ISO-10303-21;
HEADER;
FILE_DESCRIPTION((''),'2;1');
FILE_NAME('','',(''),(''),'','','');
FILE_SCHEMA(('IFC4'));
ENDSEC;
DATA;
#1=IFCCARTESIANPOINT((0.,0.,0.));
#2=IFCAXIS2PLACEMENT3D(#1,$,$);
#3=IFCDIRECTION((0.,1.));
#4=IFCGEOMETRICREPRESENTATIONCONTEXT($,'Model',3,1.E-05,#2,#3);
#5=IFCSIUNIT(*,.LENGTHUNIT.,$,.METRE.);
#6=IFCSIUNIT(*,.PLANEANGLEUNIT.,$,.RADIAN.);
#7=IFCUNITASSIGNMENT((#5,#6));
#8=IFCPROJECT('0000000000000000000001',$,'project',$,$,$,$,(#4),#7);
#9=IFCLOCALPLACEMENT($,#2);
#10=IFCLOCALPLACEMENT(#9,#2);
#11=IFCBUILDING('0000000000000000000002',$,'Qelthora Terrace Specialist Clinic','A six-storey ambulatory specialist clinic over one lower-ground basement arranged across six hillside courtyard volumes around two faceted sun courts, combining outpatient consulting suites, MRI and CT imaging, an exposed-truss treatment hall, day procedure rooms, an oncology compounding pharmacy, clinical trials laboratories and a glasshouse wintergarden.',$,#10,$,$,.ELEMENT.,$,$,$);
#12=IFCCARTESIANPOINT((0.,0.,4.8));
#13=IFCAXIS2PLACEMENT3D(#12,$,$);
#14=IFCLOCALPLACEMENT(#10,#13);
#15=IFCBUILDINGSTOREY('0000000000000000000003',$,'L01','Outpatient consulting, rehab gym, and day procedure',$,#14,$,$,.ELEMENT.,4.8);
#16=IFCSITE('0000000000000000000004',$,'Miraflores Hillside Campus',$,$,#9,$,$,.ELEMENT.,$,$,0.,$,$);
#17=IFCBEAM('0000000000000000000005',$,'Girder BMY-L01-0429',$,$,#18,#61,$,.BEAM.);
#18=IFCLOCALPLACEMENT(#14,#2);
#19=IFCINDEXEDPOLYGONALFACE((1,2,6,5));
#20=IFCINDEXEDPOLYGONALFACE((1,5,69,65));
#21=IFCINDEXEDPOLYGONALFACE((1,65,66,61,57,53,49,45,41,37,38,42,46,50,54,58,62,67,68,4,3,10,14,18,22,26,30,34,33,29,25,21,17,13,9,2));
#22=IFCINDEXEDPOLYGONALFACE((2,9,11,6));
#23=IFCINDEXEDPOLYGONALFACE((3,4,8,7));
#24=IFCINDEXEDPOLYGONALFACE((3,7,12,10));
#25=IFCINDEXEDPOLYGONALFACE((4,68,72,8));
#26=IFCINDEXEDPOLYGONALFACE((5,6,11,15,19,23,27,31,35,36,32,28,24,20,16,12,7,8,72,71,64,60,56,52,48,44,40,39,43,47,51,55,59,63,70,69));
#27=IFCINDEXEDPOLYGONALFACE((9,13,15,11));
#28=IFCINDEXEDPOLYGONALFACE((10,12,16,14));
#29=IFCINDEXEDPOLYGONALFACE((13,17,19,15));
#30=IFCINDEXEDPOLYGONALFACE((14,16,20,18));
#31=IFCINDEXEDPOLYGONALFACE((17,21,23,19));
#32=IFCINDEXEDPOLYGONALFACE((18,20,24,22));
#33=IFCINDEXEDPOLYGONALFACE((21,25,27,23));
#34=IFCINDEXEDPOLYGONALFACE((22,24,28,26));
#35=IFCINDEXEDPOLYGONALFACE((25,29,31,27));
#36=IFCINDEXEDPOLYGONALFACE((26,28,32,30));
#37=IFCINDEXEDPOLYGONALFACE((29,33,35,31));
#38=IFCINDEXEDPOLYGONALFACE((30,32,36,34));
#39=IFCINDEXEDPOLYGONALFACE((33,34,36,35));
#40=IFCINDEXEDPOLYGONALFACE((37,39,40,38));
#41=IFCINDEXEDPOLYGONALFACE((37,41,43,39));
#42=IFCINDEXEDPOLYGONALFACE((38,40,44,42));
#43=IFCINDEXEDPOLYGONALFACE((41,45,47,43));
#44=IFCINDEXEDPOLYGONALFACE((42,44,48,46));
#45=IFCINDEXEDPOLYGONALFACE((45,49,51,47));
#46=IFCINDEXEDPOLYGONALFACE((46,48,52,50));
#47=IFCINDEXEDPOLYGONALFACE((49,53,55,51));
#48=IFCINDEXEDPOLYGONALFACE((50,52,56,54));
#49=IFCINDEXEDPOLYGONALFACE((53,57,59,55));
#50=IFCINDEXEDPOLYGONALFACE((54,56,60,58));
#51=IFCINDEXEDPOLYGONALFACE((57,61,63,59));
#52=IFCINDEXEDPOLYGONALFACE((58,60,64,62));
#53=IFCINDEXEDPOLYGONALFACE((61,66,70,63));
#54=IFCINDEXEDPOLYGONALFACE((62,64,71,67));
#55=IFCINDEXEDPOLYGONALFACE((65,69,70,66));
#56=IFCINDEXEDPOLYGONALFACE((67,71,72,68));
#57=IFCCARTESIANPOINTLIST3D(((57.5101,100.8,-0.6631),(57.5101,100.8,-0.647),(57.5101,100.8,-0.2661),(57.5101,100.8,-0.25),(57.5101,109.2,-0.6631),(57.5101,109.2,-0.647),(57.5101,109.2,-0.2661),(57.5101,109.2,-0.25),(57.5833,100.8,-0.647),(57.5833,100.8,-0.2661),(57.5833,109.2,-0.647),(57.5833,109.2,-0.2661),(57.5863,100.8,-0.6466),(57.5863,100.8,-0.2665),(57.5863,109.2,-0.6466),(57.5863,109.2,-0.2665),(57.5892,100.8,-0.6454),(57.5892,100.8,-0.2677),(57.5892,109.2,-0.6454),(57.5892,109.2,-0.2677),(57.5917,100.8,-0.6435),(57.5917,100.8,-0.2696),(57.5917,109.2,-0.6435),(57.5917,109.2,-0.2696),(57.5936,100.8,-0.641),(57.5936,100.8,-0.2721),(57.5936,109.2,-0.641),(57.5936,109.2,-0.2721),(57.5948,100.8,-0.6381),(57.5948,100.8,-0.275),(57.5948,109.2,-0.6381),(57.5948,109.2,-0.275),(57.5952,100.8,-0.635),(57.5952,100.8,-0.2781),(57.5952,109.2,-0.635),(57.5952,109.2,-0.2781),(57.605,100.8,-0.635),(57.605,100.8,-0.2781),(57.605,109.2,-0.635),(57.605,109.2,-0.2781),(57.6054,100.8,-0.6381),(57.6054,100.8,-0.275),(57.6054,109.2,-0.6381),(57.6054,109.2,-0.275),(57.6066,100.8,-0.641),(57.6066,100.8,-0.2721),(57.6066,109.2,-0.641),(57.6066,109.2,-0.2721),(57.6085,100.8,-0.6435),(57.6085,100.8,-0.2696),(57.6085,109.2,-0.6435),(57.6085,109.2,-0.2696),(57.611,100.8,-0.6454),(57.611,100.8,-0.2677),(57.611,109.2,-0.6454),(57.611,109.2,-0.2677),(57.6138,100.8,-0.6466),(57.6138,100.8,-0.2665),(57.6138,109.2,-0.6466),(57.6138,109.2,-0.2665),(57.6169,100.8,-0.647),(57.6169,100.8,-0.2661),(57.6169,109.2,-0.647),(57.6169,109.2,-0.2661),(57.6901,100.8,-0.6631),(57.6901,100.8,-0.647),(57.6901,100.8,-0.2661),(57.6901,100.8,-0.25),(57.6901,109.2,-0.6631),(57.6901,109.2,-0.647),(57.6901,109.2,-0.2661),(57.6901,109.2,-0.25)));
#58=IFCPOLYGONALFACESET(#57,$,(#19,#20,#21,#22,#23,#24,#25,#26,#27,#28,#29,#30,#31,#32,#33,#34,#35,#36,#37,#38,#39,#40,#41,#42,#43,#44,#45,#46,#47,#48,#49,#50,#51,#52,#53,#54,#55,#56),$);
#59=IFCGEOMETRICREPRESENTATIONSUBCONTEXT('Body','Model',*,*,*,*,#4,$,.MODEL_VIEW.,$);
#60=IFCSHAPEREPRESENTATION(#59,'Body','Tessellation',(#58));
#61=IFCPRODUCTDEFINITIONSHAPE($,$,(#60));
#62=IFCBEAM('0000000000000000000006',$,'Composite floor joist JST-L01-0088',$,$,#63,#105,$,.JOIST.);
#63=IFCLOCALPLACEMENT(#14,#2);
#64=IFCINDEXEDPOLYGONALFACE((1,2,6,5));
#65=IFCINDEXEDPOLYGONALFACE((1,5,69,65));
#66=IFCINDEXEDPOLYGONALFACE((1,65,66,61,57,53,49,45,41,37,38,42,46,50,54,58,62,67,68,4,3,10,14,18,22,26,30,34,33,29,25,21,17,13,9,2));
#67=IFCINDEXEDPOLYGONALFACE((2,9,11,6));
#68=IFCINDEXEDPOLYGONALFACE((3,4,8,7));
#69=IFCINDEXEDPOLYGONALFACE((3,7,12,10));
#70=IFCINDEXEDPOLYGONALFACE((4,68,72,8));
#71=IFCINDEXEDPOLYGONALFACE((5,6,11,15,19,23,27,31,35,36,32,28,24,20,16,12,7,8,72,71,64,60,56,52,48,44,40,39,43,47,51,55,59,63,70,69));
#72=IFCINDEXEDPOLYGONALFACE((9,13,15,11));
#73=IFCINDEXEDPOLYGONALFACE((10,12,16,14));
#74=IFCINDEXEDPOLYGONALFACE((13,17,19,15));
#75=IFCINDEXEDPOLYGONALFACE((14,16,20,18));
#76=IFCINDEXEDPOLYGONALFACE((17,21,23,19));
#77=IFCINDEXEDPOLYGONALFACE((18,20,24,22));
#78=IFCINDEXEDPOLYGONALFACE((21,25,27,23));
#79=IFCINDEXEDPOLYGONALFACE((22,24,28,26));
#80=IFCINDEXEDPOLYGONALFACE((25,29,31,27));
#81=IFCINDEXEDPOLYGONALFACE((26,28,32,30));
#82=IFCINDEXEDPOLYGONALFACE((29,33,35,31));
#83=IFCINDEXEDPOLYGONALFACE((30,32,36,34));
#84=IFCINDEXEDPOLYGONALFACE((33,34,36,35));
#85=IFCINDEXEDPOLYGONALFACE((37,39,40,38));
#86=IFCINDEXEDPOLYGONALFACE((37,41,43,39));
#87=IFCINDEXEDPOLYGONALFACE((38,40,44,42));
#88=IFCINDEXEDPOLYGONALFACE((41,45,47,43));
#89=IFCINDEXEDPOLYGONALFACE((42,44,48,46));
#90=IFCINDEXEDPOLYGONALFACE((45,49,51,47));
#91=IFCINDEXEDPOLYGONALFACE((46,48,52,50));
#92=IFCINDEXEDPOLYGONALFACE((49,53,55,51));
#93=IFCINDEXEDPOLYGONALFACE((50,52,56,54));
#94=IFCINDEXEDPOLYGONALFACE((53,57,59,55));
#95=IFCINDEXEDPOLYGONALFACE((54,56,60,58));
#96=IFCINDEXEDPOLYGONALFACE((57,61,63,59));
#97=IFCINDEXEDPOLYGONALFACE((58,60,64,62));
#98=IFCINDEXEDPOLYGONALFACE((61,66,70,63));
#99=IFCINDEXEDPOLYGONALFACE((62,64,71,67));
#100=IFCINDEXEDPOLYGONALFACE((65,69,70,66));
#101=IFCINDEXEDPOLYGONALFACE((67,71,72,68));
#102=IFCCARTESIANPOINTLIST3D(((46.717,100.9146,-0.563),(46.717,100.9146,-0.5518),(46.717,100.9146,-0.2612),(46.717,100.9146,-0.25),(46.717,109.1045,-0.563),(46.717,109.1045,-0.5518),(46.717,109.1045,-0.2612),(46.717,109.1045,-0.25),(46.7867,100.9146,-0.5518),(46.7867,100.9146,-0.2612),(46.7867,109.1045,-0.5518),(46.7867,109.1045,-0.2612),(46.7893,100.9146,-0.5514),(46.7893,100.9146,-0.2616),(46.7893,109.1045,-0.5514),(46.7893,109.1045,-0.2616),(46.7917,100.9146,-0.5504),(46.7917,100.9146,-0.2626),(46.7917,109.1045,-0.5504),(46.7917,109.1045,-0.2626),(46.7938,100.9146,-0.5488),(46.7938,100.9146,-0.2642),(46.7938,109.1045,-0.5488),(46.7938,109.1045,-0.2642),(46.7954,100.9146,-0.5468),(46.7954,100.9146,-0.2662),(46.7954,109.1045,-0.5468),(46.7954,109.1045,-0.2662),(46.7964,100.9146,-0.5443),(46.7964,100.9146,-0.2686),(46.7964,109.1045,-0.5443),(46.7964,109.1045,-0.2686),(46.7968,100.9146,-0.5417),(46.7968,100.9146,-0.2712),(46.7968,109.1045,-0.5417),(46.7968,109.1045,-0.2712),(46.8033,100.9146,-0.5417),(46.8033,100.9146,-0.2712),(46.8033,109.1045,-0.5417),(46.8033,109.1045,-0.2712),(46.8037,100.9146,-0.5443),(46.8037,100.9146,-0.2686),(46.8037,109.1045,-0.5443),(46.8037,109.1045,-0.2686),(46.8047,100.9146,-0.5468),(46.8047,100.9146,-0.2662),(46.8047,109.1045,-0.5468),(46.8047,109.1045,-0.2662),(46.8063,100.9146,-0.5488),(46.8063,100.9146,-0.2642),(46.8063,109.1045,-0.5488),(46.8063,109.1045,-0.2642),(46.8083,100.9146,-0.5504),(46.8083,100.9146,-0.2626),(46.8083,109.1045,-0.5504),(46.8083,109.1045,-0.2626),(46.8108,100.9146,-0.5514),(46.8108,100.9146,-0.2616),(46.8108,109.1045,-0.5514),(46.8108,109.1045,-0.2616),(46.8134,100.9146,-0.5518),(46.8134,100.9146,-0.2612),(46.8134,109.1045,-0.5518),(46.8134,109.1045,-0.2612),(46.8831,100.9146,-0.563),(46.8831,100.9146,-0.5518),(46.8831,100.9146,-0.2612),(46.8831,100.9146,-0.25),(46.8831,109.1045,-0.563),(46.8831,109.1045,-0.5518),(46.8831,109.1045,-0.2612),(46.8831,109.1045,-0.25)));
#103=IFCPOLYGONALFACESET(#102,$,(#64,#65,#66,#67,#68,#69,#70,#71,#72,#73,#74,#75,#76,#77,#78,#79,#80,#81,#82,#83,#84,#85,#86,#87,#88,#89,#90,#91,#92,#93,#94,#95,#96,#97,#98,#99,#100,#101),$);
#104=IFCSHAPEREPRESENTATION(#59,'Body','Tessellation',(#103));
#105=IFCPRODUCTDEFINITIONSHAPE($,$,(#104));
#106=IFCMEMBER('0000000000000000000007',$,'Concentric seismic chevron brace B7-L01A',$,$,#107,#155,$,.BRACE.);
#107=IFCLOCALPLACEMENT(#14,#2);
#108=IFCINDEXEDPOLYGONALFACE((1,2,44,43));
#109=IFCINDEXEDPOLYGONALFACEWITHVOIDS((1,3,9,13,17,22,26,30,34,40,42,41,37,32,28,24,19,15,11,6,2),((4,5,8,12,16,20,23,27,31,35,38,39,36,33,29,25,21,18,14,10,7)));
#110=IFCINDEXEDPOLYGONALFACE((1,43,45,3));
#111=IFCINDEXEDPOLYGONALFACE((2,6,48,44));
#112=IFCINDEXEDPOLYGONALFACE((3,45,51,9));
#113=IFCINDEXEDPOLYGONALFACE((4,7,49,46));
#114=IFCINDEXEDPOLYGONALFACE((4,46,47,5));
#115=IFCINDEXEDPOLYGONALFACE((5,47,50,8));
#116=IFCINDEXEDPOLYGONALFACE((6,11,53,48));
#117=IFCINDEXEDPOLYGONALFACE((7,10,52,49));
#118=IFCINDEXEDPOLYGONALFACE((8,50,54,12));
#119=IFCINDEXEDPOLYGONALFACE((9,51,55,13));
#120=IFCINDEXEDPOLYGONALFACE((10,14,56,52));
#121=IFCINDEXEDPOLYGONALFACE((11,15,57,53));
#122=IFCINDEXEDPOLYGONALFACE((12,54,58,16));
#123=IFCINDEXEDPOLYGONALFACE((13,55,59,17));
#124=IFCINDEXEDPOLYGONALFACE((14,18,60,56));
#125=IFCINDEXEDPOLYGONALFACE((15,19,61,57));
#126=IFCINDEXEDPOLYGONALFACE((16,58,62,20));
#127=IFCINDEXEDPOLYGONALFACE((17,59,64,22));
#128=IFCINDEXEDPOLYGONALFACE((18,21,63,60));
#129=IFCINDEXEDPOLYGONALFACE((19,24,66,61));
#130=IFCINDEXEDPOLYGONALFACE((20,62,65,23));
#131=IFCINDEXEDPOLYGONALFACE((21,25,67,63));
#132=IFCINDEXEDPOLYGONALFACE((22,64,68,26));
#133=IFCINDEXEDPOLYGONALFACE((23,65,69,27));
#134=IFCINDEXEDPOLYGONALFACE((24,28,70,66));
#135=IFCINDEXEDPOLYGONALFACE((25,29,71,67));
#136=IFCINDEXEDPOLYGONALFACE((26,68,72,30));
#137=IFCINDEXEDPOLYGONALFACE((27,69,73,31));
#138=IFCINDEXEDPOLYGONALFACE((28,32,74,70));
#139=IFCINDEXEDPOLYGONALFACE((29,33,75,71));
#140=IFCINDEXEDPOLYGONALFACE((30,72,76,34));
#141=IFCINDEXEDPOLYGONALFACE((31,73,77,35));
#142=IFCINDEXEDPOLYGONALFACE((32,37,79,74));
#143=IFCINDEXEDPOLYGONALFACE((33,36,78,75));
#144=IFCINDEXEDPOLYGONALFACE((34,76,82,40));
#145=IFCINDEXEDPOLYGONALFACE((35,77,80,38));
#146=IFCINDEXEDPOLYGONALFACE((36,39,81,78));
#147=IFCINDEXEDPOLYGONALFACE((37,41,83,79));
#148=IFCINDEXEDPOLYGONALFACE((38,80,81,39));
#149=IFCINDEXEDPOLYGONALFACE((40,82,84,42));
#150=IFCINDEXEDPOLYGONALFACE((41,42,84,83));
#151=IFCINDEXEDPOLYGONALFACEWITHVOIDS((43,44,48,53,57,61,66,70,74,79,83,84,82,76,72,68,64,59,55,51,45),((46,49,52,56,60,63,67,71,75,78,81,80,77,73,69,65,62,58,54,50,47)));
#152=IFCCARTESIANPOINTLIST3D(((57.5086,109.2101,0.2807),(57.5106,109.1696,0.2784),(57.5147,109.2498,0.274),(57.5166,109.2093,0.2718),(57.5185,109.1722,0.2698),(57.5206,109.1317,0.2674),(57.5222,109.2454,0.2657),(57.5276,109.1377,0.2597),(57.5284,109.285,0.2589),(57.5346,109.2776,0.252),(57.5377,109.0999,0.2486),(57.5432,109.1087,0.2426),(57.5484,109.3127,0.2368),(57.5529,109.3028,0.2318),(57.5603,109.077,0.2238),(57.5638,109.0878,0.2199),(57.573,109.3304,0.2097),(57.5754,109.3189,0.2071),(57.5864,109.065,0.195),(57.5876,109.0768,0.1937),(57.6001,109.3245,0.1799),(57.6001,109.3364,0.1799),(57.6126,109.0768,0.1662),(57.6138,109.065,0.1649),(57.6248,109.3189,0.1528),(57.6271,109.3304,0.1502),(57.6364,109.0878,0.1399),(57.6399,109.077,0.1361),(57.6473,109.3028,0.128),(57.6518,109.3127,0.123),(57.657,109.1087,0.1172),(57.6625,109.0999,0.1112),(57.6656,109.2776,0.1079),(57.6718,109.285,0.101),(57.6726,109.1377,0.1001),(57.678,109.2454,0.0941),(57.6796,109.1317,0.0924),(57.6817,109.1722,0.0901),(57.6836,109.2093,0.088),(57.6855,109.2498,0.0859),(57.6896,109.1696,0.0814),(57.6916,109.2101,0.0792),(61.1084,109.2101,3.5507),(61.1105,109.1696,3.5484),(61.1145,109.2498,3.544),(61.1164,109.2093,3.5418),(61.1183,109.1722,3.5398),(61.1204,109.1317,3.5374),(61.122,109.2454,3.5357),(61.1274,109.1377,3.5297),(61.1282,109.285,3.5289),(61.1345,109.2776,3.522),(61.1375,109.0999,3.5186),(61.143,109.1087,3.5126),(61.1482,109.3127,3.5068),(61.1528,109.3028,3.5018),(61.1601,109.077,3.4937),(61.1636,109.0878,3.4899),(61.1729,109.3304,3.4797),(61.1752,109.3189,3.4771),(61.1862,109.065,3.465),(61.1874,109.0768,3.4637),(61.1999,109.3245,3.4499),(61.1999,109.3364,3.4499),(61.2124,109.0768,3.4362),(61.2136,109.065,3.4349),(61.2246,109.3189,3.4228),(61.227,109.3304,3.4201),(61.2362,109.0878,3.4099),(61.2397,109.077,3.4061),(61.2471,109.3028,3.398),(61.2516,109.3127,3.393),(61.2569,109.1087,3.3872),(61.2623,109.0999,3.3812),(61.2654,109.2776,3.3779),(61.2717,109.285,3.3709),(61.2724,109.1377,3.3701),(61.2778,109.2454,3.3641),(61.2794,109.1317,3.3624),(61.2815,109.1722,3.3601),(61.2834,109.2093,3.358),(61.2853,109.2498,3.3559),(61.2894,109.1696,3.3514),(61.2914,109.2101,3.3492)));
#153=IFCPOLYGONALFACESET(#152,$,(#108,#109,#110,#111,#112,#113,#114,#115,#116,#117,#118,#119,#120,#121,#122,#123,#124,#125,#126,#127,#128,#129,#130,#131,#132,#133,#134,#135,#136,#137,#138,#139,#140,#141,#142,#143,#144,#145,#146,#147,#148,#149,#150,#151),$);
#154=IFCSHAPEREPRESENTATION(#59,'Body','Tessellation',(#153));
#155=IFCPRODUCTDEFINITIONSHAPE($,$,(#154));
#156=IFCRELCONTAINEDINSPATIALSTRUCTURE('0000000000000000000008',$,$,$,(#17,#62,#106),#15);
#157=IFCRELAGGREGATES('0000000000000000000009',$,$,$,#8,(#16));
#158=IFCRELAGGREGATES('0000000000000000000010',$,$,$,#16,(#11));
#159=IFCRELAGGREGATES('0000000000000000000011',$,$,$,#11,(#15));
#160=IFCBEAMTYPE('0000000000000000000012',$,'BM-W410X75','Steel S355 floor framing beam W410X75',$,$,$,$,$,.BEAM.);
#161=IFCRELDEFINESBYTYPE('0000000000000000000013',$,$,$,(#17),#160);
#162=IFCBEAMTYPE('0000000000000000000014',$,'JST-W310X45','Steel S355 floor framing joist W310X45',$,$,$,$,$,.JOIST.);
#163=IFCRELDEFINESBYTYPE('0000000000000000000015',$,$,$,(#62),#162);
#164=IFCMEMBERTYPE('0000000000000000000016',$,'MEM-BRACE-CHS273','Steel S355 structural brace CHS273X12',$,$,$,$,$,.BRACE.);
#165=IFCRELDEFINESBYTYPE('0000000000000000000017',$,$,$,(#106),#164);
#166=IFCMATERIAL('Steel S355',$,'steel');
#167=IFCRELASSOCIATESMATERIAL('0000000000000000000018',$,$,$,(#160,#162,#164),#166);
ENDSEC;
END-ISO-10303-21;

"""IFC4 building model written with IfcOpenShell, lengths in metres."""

from ifc_helpers import new_model, si_unit, direction, frame, origin, origin_2d, place, context, subcontext, project, spatial, hollow_circle, i_section, extrude, material, material_profile, profile_set, type_object, element, save


model = new_model("IFC4")

# Units and contexts
model_context = context("Model", 3, precision=1e-05, world=origin(), true_north=direction((0.0, 1.0)))
body_context = subcontext(model_context, "Body", "Model", "MODEL_VIEW")
ifc_project = project(units=[si_unit("LENGTHUNIT", "METRE"), si_unit("PLANEANGLEUNIT", "RADIAN")], contexts=[model_context])

# Site, building, storey
site_placement = place(None, origin())
site = spatial("IfcSite", under=ifc_project, at=site_placement, Name="Miraflores Hillside Campus", CompositionType="ELEMENT", RefElevation=0.0)
building_placement = place(site_placement, origin())
building = spatial("IfcBuilding", under=site, at=building_placement, Name="Qelthora Terrace Specialist Clinic", Description="A six-storey ambulatory specialist clinic over one lower-ground basement arranged across six hillside courtyard volumes around two faceted sun courts, combining outpatient consulting suites, MRI and CT imaging, an exposed-truss treatment hall, day procedure rooms, an oncology compounding pharmacy, clinical trials laboratories and a glasshouse wintergarden.", CompositionType="ELEMENT")
storey_placement = place(building_placement, frame((0.0, 0.0, 4.8)))
storey = spatial("IfcBuildingStorey", under=building, at=storey_placement, Name="L01", Description="Outpatient consulting, rehab gym, and day procedure", CompositionType="ELEMENT", Elevation=4.8)

# Shared definitions
ifc_material_1 = material(Name="Steel S355", Category="steel")

# Beams
ifc_material_profile_1 = material_profile(ifc_material_1, i_section(OverallWidth=0.1799, OverallDepth=0.4131, WebThickness=0.0098, FlangeThickness=0.0161, FilletRadius=0.012, at=origin_2d()), Name="W410X75")
ifc_profile_set_1 = profile_set([ifc_material_profile_1], Name="Steel S355")
beam_type_1 = type_object("IfcBeamType", Name="BM-W410X75", Description="Steel S355 floor framing beam W410X75", PredefinedType="BEAM", material=ifc_profile_set_1)
beam_1_placement = place(storey_placement, frame((57.6001, 100.8, -0.4565), z_axis=(0.0, 1.0, 0.0), x_axis=(-1.0, 0.0, 0.0)))
element("IfcBeam", 1, at=beam_1_placement, inside=storey, type_object=beam_type_1, Name="Girder BMY-L01-0429", PredefinedType="BEAM", context=body_context, shape_type="SweptSolid", body=[
    extrude(i_section(OverallWidth=0.1799, OverallDepth=0.4131, WebThickness=0.0098, FlangeThickness=0.0161, FilletRadius=0.012, at=origin_2d()), origin(), (0.0, 0.0, 1.0), 8.3999),
])
ifc_material_profile_2 = material_profile(ifc_material_1, i_section(OverallWidth=0.166, OverallDepth=0.313, WebThickness=0.0066, FlangeThickness=0.0112, FilletRadius=0.01, at=origin_2d()), Name="W310X45")
ifc_profile_set_2 = profile_set([ifc_material_profile_2], Name="Steel S355")
beam_type_2 = type_object("IfcBeamType", Name="JST-W310X45", Description="Steel S355 floor framing joist W310X45", PredefinedType="JOIST", material=ifc_profile_set_2)
beam_2_placement = place(storey_placement, frame((46.8, 100.9146, -0.4065), z_axis=(0.0, 1.0, 0.0), x_axis=(-1.0, 0.0, 0.0)))
element("IfcBeam", 2, at=beam_2_placement, inside=storey, type_object=beam_type_2, Name="Composite floor joist JST-L01-0088", PredefinedType="JOIST", context=body_context, shape_type="SweptSolid", body=[
    extrude(i_section(OverallWidth=0.166, OverallDepth=0.313, WebThickness=0.0066, FlangeThickness=0.0112, FilletRadius=0.01, at=origin_2d()), origin(), (0.0, 0.0, 1.0), 8.1899),
])

# Member
ifc_material_profile_3 = material_profile(ifc_material_1, hollow_circle(Radius=0.1365, WallThickness=0.012, at=origin_2d()), Name="CHS273X12")
ifc_profile_set_3 = profile_set([ifc_material_profile_3], Name="Steel S355")
member_type = type_object("IfcMemberType", Name="MEM-BRACE-CHS273", Description="Steel S355 structural brace CHS273X12", PredefinedType="BRACE", material=ifc_profile_set_3)
member_placement = place(storey_placement, frame((57.6001, 109.2, 0.1799), z_axis=(0.740204, 0.0, 0.672383), x_axis=(0.0, 1.0, 0.0)))
element("IfcMember", 3, at=member_placement, inside=storey, type_object=member_type, Name="Concentric seismic chevron brace B7-L01A", PredefinedType="BRACE", context=body_context, shape_type="SweptSolid", body=[
    extrude(hollow_circle(Radius=0.1365, WallThickness=0.012, at=origin_2d()), origin(), (0.0, 0.0, 1.0), 4.8633),
])

save(model, "model.ifc")
